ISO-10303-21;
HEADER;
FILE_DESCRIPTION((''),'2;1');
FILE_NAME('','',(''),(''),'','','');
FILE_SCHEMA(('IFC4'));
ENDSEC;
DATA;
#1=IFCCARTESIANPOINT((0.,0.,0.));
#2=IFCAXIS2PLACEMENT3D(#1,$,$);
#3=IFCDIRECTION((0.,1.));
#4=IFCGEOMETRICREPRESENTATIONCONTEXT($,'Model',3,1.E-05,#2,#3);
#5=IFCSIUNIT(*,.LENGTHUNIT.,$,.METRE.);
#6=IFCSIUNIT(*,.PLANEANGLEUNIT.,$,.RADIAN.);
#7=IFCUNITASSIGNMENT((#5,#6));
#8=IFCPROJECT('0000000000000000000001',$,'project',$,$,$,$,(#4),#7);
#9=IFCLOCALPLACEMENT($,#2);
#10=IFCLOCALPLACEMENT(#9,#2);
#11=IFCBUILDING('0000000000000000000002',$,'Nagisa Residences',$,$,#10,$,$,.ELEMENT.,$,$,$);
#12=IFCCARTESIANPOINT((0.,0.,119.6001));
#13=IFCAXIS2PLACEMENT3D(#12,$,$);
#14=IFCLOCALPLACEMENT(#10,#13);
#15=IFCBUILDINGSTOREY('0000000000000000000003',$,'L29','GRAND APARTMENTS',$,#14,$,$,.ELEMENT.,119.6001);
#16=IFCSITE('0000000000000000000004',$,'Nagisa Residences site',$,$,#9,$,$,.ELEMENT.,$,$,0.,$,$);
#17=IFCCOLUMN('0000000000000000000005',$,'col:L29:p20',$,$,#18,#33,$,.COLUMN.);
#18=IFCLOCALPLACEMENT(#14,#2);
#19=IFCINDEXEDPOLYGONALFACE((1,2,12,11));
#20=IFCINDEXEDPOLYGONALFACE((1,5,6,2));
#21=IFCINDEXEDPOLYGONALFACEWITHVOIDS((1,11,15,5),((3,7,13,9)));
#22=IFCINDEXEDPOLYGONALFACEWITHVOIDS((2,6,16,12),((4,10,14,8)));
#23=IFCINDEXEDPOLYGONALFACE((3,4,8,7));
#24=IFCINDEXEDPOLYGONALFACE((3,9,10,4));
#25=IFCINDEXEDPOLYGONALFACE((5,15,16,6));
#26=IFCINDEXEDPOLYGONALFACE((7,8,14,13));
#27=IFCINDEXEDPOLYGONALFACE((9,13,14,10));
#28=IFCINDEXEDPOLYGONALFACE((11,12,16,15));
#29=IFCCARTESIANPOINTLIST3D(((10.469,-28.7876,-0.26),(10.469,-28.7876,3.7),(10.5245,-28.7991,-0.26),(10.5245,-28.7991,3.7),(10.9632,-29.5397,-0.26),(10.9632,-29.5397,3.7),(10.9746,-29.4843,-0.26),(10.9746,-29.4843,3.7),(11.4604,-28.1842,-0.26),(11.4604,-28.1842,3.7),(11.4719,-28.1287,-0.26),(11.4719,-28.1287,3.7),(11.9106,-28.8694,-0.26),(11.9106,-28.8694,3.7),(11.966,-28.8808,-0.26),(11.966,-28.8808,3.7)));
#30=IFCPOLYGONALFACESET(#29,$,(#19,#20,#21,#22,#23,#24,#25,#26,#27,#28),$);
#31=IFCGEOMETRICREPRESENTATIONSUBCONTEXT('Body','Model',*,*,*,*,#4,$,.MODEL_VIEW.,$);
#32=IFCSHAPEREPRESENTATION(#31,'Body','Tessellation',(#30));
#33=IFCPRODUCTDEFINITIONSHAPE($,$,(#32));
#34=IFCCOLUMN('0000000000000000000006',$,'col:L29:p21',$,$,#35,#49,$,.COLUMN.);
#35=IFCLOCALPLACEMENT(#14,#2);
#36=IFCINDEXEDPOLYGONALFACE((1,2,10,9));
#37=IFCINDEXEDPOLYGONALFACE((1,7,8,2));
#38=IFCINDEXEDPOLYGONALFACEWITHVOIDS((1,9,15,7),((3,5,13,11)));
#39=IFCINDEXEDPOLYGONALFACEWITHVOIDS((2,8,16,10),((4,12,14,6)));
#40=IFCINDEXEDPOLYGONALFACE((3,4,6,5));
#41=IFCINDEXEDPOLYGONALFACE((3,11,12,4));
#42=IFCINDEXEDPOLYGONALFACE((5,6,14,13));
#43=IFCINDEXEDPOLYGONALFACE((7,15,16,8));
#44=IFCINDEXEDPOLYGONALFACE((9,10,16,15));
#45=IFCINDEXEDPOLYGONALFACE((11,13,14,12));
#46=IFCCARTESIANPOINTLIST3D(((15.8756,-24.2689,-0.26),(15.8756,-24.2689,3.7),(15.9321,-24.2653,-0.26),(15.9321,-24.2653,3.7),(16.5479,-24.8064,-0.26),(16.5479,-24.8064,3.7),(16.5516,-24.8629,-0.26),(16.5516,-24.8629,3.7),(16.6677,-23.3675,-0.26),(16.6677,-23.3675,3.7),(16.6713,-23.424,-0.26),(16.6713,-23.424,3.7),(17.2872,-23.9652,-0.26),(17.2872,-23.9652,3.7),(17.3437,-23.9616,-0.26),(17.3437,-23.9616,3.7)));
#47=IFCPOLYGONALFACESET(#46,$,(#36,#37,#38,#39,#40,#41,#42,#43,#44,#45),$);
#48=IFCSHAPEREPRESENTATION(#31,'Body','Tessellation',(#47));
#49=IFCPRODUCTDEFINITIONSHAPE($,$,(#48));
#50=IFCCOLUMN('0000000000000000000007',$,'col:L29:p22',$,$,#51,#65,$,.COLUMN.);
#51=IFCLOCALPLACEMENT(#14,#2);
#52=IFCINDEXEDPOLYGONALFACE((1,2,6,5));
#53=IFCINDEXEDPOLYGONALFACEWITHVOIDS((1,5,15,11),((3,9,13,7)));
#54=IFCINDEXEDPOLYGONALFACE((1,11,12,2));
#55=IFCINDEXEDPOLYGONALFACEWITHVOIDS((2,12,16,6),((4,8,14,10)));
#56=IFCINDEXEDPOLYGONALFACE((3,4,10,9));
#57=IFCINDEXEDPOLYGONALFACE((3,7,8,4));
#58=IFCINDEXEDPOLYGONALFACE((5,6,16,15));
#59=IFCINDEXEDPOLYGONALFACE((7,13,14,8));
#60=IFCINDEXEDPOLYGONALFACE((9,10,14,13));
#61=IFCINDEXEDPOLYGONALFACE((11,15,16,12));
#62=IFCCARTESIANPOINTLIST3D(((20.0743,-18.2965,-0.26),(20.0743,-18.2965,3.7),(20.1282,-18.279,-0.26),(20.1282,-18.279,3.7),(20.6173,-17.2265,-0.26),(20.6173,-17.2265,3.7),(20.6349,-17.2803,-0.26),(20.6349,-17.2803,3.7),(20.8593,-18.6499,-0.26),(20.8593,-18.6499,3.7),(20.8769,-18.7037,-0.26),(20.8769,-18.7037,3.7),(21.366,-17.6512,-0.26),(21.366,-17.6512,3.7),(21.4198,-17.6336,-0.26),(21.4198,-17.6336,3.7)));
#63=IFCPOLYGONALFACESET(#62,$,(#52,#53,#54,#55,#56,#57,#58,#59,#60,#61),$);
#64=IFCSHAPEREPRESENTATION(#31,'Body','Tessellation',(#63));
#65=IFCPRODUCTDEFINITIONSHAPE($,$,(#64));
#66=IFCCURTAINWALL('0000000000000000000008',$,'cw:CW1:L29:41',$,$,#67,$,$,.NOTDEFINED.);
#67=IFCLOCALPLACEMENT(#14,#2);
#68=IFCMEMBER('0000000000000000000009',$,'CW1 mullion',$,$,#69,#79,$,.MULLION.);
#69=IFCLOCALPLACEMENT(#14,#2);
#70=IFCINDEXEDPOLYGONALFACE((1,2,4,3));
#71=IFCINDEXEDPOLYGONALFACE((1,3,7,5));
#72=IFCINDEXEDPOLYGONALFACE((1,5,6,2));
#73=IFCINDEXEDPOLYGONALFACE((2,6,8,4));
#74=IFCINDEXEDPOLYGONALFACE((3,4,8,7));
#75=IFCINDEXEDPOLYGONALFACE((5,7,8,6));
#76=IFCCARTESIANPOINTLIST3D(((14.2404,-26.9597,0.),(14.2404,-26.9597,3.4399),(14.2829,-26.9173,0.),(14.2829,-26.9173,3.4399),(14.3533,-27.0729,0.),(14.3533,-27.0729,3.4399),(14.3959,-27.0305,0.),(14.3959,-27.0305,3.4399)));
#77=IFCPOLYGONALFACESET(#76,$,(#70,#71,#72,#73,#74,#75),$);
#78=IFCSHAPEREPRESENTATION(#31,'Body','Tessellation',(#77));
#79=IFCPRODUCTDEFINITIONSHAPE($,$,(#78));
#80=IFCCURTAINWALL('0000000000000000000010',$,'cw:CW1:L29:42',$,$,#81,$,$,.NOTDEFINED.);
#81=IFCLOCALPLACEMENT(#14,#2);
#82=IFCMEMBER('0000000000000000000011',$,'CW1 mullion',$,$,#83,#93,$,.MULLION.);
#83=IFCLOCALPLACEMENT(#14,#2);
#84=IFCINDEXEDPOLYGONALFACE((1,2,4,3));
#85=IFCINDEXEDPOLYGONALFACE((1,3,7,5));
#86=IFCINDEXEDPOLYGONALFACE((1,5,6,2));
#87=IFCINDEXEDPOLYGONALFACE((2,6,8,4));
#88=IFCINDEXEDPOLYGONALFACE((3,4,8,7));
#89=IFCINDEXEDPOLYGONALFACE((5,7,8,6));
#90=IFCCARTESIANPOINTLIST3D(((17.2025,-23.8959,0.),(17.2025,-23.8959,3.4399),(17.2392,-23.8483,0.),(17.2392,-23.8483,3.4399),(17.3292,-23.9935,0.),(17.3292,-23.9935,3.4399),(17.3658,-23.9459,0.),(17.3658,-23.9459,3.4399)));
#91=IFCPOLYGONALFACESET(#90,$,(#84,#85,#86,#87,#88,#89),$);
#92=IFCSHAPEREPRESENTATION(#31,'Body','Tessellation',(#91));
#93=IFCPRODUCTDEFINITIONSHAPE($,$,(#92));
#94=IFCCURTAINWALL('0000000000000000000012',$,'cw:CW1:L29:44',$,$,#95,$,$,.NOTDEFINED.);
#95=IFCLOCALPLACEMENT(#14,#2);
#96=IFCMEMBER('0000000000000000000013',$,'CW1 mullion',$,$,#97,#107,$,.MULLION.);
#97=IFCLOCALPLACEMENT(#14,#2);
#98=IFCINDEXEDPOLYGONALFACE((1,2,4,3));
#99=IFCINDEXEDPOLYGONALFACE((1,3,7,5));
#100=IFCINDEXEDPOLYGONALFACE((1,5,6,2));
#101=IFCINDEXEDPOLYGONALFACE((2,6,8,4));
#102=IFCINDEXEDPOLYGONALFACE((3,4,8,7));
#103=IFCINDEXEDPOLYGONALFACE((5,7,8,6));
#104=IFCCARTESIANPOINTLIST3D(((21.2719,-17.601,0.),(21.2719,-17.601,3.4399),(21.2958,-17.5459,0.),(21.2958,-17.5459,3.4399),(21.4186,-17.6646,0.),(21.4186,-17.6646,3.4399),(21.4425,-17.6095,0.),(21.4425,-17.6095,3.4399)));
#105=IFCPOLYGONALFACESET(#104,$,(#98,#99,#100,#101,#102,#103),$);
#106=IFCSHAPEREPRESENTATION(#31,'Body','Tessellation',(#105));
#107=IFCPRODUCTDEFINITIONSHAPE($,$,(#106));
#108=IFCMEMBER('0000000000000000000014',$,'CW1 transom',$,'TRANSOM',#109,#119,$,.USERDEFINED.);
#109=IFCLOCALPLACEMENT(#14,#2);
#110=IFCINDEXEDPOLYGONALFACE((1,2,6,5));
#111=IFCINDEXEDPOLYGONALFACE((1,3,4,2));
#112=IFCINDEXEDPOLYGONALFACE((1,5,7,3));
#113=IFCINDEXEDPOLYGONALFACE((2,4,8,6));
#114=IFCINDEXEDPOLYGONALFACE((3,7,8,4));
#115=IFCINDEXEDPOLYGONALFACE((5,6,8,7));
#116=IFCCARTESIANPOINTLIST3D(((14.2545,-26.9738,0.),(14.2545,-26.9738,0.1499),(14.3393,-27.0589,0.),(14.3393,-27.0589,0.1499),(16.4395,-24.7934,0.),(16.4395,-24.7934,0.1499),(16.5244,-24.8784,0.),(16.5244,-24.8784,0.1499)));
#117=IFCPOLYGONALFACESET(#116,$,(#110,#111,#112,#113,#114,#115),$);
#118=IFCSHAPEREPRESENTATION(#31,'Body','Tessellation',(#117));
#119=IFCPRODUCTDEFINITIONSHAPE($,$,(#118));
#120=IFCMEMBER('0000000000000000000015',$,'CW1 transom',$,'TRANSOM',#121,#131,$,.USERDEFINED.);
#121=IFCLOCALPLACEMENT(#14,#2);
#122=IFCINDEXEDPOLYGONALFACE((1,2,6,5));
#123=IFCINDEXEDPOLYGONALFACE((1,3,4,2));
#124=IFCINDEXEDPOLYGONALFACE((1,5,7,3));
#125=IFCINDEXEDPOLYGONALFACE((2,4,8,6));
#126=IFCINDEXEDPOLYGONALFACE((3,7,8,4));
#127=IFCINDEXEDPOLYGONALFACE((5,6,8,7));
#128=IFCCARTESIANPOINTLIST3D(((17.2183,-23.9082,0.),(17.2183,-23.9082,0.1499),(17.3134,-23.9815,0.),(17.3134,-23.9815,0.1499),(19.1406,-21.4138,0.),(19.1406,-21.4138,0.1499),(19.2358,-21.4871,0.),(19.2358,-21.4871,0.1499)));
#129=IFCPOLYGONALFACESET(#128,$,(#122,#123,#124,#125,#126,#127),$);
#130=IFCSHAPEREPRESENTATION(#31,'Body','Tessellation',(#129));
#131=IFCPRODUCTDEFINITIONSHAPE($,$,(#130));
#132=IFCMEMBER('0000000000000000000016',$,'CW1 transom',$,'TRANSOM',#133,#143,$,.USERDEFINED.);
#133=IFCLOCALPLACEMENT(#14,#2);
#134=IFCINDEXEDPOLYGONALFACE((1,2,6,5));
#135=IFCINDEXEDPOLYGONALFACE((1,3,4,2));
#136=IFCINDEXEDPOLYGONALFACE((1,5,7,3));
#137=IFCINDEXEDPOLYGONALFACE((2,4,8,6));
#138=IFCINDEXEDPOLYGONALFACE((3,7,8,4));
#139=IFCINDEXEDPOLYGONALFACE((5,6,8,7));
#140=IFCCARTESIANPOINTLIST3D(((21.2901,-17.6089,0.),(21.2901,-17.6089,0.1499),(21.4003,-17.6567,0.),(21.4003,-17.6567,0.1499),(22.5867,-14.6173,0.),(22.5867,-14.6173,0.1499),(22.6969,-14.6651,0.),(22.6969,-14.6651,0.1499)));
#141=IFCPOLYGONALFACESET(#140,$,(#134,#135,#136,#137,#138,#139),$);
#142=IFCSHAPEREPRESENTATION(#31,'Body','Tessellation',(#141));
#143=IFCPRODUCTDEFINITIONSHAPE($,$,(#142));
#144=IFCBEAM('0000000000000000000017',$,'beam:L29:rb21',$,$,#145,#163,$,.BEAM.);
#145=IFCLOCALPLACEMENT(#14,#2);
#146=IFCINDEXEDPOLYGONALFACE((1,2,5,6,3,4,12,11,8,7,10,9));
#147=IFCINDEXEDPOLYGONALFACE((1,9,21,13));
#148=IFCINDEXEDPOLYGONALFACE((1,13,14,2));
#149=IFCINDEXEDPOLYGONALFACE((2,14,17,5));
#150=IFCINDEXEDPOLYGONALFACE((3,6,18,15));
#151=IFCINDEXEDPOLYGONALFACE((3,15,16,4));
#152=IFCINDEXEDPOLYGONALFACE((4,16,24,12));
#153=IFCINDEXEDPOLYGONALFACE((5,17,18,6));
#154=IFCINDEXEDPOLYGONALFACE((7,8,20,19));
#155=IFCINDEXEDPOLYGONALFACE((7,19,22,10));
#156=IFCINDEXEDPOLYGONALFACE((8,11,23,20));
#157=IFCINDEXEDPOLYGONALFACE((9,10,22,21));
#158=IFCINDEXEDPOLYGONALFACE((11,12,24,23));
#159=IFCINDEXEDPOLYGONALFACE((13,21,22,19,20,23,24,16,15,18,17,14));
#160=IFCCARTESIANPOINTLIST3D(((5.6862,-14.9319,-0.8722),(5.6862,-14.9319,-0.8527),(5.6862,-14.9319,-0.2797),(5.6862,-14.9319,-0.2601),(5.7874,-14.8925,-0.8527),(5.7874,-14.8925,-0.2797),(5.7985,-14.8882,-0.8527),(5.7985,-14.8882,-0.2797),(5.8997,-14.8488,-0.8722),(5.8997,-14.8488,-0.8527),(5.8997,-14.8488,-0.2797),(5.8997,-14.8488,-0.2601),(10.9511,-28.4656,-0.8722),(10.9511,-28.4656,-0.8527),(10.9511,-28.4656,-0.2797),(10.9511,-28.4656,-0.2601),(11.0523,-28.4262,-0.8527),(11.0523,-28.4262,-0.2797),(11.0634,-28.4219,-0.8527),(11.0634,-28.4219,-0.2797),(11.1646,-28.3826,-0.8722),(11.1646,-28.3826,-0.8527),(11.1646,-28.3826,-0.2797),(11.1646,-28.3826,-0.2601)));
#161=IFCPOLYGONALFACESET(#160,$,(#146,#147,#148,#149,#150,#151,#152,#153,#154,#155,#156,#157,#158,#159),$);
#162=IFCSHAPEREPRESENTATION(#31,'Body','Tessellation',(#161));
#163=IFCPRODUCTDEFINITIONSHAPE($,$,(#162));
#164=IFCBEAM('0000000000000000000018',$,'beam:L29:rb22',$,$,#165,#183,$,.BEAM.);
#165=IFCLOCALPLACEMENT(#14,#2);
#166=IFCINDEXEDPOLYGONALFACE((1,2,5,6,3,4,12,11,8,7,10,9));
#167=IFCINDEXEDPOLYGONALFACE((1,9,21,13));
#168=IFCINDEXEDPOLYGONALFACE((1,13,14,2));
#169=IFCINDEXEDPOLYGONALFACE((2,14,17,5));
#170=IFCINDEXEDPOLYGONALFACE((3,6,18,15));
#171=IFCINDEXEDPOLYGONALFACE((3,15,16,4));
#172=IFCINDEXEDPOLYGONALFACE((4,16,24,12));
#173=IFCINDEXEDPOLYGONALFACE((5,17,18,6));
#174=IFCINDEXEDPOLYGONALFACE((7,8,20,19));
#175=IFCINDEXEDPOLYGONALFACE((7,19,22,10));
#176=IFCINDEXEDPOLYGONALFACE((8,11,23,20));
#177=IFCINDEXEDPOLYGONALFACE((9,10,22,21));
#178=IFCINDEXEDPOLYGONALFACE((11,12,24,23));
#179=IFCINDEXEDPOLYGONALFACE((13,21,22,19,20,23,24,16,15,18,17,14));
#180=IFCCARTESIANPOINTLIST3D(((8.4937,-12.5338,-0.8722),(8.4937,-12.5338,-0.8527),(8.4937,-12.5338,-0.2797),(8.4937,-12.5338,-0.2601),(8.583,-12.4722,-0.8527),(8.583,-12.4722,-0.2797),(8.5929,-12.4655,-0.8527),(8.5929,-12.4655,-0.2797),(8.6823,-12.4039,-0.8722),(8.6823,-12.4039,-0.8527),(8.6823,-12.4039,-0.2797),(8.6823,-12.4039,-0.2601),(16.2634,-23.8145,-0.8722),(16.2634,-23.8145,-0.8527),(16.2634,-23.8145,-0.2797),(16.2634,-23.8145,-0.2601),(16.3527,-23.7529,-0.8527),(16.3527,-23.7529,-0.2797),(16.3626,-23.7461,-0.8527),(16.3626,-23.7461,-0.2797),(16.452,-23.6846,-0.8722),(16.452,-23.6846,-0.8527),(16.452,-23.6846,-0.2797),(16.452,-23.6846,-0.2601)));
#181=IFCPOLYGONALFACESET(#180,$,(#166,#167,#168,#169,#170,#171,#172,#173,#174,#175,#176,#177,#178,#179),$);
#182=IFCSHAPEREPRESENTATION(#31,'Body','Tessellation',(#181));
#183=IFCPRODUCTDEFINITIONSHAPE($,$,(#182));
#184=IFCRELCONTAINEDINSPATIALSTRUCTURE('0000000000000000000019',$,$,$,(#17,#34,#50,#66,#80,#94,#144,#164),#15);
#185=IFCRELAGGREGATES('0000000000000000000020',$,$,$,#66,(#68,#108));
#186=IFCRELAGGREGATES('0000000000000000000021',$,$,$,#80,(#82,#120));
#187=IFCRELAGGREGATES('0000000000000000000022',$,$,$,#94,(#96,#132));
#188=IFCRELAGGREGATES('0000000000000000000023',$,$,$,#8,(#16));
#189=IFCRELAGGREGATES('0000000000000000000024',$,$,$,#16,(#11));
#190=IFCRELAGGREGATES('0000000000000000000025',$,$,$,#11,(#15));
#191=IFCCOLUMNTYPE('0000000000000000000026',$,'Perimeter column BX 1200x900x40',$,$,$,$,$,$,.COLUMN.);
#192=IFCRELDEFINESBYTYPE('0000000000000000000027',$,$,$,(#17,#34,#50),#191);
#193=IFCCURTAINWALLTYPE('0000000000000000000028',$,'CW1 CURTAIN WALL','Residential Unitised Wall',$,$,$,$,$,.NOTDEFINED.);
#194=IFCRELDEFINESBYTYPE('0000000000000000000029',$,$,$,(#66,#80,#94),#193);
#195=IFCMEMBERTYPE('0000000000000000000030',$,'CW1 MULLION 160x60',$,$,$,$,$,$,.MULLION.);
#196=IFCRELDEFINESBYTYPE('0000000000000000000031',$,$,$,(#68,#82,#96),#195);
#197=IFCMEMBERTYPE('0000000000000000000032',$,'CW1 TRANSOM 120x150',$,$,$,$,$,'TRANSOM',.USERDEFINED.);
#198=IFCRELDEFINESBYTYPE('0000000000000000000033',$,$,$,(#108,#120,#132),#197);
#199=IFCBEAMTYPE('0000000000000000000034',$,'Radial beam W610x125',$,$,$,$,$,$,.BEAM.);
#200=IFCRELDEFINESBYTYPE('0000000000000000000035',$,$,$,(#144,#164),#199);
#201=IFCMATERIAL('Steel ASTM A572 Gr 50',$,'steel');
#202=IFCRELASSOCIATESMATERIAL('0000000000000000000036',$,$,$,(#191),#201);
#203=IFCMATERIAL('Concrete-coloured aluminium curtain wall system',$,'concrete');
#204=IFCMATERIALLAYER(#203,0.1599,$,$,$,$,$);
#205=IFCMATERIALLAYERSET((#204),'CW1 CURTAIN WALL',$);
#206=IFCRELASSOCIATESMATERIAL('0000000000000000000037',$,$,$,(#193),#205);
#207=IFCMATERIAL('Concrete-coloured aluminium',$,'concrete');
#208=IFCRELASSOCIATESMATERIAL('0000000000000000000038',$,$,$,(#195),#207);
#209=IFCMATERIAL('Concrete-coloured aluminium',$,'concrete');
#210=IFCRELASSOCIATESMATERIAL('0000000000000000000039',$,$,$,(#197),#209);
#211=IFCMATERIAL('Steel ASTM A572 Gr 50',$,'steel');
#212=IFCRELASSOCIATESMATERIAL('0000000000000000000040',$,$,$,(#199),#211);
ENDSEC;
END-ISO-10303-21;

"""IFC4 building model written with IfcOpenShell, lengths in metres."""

from ifc_helpers import new_model, si_unit, direction, frame, origin, origin_2d, place, context, subcontext, project, spatial, rectangle, hollow_rectangle, i_section, extrude, material, layer, layer_set, material_profile, profile_set, type_object, element, aggregate, save


model = new_model("IFC4")

# Units and contexts
model_context = context("Model", 3, precision=1e-05, world=origin(), true_north=direction((0.0, 1.0)))
body_context = subcontext(model_context, "Body", "Model", "MODEL_VIEW")
ifc_project = project(units=[si_unit("LENGTHUNIT", "METRE"), si_unit("PLANEANGLEUNIT", "RADIAN")], contexts=[model_context])

# Site, building, storey
site_placement = place(None, origin())
site = spatial("IfcSite", under=ifc_project, at=site_placement, Name="Nagisa Residences site", CompositionType="ELEMENT", RefElevation=0.0)
building_placement = place(site_placement, origin())
building = spatial("IfcBuilding", under=site, at=building_placement, Name="Nagisa Residences", CompositionType="ELEMENT")
storey_placement = place(building_placement, frame((0.0, 0.0, 119.6001)))
storey = spatial("IfcBuildingStorey", under=building, at=storey_placement, Name="L29", Description="GRAND APARTMENTS", CompositionType="ELEMENT", Elevation=119.6001)

# Columns
ifc_material_1 = material(Name="Steel ASTM A572 Gr 50", Category="steel")
ifc_material_profile_1 = material_profile(ifc_material_1, hollow_rectangle(XDim=1.2, YDim=0.8999, WallThickness=0.04, at=origin_2d()), Name="BX 1200x900x40")
ifc_profile_set_1 = profile_set([ifc_material_profile_1], Name="Steel ASTM A572 Gr 50")
column_type = type_object("IfcColumnType", Name="Perimeter column BX 1200x900x40", PredefinedType="COLUMN", material=ifc_profile_set_1)
for number, where, z_axis, x_axis, name in (
    (1, (11.2175, -28.8342, -0.26), (0.0, 0.0, 1.0), (0.835766, 0.549086, 0.0), "col:L29:p20"),
    (2, (16.6096, -24.1152, -0.26), (0.0, 0.0, 1.0), (0.660115, 0.751165, 0.0), "col:L29:p21"),
    (3, (20.7471, -17.9651, -0.26), (0.0, 0.0, 1.0), (0.452463, 0.891783, 0.0), "col:L29:p22"),
):
    element("IfcColumn", number, at=place(storey_placement, frame(where, z_axis=z_axis, x_axis=x_axis)), inside=storey, type_object=column_type, Name=name, PredefinedType="COLUMN", context=body_context, shape_type="SweptSolid", body=[
        extrude(hollow_rectangle(XDim=1.2, YDim=0.8999, WallThickness=0.04, at=origin_2d()), origin(), (0.0, 0.0, 1.0), 3.96),
    ])

# Curtain walls, members
ifc_material_2 = material(Name="Concrete-coloured aluminium curtain wall system", Category="concrete")
ifc_layer_1 = layer(ifc_material_2, 0.1599)
ifc_layer_set_1 = layer_set([ifc_layer_1], Name="CW1 CURTAIN WALL")
curtain_wall_type = type_object("IfcCurtainWallType", Name="CW1 CURTAIN WALL", Description="Residential Unitised Wall", PredefinedType="NOTDEFINED", material=ifc_layer_set_1)
curtain_wall_1_placement = place(storey_placement, origin())
curtain_wall_1 = element("IfcCurtainWall", 4, at=curtain_wall_1_placement, inside=storey, type_object=curtain_wall_type, Name="cw:CW1:L29:41", PredefinedType="NOTDEFINED")
ifc_material_3 = material(Name="Concrete-coloured aluminium", Category="concrete")
ifc_material_profile_2 = material_profile(ifc_material_3, rectangle(XDim=0.1599, YDim=0.0601, at=origin_2d()), Name="CW1 MULLION 160x60")
ifc_profile_set_2 = profile_set([ifc_material_profile_2], Name="Concrete-coloured aluminium")
member_type_1 = type_object("IfcMemberType", Name="CW1 MULLION 160x60", PredefinedType="MULLION", material=ifc_profile_set_2)
member_1_placement = place(storey_placement, frame((14.3181, -26.9951, 0.0), z_axis=(0.0, 0.0, 1.0), x_axis=(-0.706377, 0.707836, 0.0)))
member_1 = element("IfcMember", 5, at=member_1_placement, type_object=member_type_1, Name="CW1 mullion", PredefinedType="MULLION", context=body_context, shape_type="SweptSolid", body=[
    extrude(rectangle(XDim=0.1599, YDim=0.0601, at=origin_2d()), origin(), (0.0, 0.0, 1.0), 3.4399),
])
curtain_wall_2_placement = place(storey_placement, origin())
curtain_wall_2 = element("IfcCurtainWall", 6, at=curtain_wall_2_placement, inside=storey, type_object=curtain_wall_type, Name="cw:CW1:L29:42", PredefinedType="NOTDEFINED")
member_2_placement = place(storey_placement, frame((17.2842, -23.9209, 0.0), z_axis=(0.0, 0.0, 1.0), x_axis=(-0.79207, 0.61043, 0.0)))
member_2 = element("IfcMember", 7, at=member_2_placement, type_object=member_type_1, Name="CW1 mullion", PredefinedType="MULLION", context=body_context, shape_type="SweptSolid", body=[
    extrude(rectangle(XDim=0.1599, YDim=0.0601, at=origin_2d()), origin(), (0.0, 0.0, 1.0), 3.4399),
])
curtain_wall_3_placement = place(storey_placement, origin())
curtain_wall_3 = element("IfcCurtainWall", 8, at=curtain_wall_3_placement, inside=storey, type_object=curtain_wall_type, Name="cw:CW1:L29:44", PredefinedType="NOTDEFINED")
member_3_placement = place(storey_placement, frame((21.3572, -17.6052, 0.0), z_axis=(0.0, 0.0, 1.0), x_axis=(-0.917543, 0.397636, 0.0)))
member_3 = element("IfcMember", 9, at=member_3_placement, type_object=member_type_1, Name="CW1 mullion", PredefinedType="MULLION", context=body_context, shape_type="SweptSolid", body=[
    extrude(rectangle(XDim=0.1599, YDim=0.0601, at=origin_2d()), origin(), (0.0, 0.0, 1.0), 3.4399),
])

# Members
ifc_material_4 = material(Name="Concrete-coloured aluminium", Category="concrete")
ifc_material_profile_3 = material_profile(ifc_material_4, rectangle(XDim=0.1201, YDim=0.1499, at=origin_2d()), Name="CW1 TRANSOM 120x150")
ifc_profile_set_3 = profile_set([ifc_material_profile_3], Name="Concrete-coloured aluminium")
member_type_2 = type_object("IfcMemberType", Name="CW1 TRANSOM 120x150", ElementType="TRANSOM", PredefinedType="USERDEFINED", material=ifc_profile_set_3)
member_4_placement = place(storey_placement, frame((14.2969, -27.0164, 0.075), z_axis=(0.707858, 0.706355, 0.0), x_axis=(-0.706355, 0.707858, 0.0)))
member_4 = element("IfcMember", 10, at=member_4_placement, type_object=member_type_2, Name="CW1 transom", ObjectType="TRANSOM", PredefinedType="USERDEFINED", context=body_context, shape_type="SweptSolid", body=[
    extrude(rectangle(XDim=0.1201, YDim=0.1499, at=origin_2d()), origin(), (0.0, 0.0, 1.0), 3.0869),
])
member_5_placement = place(storey_placement, frame((17.2659, -23.9448, 0.075), z_axis=(0.61043, 0.79207, 0.0), x_axis=(-0.79207, 0.61043, 0.0)))
member_5 = element("IfcMember", 11, at=member_5_placement, type_object=member_type_2, Name="CW1 transom", ObjectType="TRANSOM", PredefinedType="USERDEFINED", context=body_context, shape_type="SweptSolid", body=[
    extrude(rectangle(XDim=0.1201, YDim=0.1499, at=origin_2d()), origin(), (0.0, 0.0, 1.0), 3.1492),
])
member_6_placement = place(storey_placement, frame((21.3452, -17.6328, 0.075), z_axis=(0.397666, 0.91753, 0.0), x_axis=(-0.91753, 0.397666, 0.0)))
member_6 = element("IfcMember", 12, at=member_6_placement, type_object=member_type_2, Name="CW1 transom", ObjectType="TRANSOM", PredefinedType="USERDEFINED", context=body_context, shape_type="SweptSolid", body=[
    extrude(rectangle(XDim=0.1201, YDim=0.1499, at=origin_2d()), origin(), (0.0, 0.0, 1.0), 3.2605),
])

# Beams
ifc_material_5 = material(Name="Steel ASTM A572 Gr 50", Category="steel")
ifc_material_profile_4 = material_profile(ifc_material_5, i_section(OverallWidth=0.229, OverallDepth=0.6121, WebThickness=0.012, FlangeThickness=0.0195, at=origin_2d()), Name="W610x125")
ifc_profile_set_4 = profile_set([ifc_material_profile_4], Name="Steel ASTM A572 Gr 50")
beam_type = type_object("IfcBeamType", Name="Radial beam W610x125", PredefinedType="BEAM", material=ifc_profile_set_4)
beam_1_placement = place(storey_placement, frame((11.0579, -28.4241, -0.5662), z_axis=(-0.362553, 0.931963, 0.0), x_axis=(-0.931963, -0.362553, 0.0)))
element("IfcBeam", 13, at=beam_1_placement, inside=storey, type_object=beam_type, Name="beam:L29:rb21", PredefinedType="BEAM", context=body_context, shape_type="SweptSolid", body=[
    extrude(i_section(OverallWidth=0.229, OverallDepth=0.6121, WebThickness=0.012, FlangeThickness=0.0195, at=origin_2d()), origin(), (0.0, 0.0, 1.0), 14.5217),
])
beam_2_placement = place(storey_placement, frame((16.3577, -23.7495, -0.5662), z_axis=(-0.567235, 0.823556, 0.0), x_axis=(-0.823556, -0.567235, 0.0)))
element("IfcBeam", 14, at=beam_2_placement, inside=storey, type_object=beam_type, Name="beam:L29:rb22", PredefinedType="BEAM", context=body_context, shape_type="SweptSolid", body=[
    extrude(i_section(OverallWidth=0.229, OverallDepth=0.6121, WebThickness=0.012, FlangeThickness=0.0195, at=origin_2d()), origin(), (0.0, 0.0, 1.0), 13.6975),
])

aggregate(curtain_wall_1, [member_1, member_4])
aggregate(curtain_wall_2, [member_2, member_5])
aggregate(curtain_wall_3, [member_3, member_6])

save(model, "model.ifc")
